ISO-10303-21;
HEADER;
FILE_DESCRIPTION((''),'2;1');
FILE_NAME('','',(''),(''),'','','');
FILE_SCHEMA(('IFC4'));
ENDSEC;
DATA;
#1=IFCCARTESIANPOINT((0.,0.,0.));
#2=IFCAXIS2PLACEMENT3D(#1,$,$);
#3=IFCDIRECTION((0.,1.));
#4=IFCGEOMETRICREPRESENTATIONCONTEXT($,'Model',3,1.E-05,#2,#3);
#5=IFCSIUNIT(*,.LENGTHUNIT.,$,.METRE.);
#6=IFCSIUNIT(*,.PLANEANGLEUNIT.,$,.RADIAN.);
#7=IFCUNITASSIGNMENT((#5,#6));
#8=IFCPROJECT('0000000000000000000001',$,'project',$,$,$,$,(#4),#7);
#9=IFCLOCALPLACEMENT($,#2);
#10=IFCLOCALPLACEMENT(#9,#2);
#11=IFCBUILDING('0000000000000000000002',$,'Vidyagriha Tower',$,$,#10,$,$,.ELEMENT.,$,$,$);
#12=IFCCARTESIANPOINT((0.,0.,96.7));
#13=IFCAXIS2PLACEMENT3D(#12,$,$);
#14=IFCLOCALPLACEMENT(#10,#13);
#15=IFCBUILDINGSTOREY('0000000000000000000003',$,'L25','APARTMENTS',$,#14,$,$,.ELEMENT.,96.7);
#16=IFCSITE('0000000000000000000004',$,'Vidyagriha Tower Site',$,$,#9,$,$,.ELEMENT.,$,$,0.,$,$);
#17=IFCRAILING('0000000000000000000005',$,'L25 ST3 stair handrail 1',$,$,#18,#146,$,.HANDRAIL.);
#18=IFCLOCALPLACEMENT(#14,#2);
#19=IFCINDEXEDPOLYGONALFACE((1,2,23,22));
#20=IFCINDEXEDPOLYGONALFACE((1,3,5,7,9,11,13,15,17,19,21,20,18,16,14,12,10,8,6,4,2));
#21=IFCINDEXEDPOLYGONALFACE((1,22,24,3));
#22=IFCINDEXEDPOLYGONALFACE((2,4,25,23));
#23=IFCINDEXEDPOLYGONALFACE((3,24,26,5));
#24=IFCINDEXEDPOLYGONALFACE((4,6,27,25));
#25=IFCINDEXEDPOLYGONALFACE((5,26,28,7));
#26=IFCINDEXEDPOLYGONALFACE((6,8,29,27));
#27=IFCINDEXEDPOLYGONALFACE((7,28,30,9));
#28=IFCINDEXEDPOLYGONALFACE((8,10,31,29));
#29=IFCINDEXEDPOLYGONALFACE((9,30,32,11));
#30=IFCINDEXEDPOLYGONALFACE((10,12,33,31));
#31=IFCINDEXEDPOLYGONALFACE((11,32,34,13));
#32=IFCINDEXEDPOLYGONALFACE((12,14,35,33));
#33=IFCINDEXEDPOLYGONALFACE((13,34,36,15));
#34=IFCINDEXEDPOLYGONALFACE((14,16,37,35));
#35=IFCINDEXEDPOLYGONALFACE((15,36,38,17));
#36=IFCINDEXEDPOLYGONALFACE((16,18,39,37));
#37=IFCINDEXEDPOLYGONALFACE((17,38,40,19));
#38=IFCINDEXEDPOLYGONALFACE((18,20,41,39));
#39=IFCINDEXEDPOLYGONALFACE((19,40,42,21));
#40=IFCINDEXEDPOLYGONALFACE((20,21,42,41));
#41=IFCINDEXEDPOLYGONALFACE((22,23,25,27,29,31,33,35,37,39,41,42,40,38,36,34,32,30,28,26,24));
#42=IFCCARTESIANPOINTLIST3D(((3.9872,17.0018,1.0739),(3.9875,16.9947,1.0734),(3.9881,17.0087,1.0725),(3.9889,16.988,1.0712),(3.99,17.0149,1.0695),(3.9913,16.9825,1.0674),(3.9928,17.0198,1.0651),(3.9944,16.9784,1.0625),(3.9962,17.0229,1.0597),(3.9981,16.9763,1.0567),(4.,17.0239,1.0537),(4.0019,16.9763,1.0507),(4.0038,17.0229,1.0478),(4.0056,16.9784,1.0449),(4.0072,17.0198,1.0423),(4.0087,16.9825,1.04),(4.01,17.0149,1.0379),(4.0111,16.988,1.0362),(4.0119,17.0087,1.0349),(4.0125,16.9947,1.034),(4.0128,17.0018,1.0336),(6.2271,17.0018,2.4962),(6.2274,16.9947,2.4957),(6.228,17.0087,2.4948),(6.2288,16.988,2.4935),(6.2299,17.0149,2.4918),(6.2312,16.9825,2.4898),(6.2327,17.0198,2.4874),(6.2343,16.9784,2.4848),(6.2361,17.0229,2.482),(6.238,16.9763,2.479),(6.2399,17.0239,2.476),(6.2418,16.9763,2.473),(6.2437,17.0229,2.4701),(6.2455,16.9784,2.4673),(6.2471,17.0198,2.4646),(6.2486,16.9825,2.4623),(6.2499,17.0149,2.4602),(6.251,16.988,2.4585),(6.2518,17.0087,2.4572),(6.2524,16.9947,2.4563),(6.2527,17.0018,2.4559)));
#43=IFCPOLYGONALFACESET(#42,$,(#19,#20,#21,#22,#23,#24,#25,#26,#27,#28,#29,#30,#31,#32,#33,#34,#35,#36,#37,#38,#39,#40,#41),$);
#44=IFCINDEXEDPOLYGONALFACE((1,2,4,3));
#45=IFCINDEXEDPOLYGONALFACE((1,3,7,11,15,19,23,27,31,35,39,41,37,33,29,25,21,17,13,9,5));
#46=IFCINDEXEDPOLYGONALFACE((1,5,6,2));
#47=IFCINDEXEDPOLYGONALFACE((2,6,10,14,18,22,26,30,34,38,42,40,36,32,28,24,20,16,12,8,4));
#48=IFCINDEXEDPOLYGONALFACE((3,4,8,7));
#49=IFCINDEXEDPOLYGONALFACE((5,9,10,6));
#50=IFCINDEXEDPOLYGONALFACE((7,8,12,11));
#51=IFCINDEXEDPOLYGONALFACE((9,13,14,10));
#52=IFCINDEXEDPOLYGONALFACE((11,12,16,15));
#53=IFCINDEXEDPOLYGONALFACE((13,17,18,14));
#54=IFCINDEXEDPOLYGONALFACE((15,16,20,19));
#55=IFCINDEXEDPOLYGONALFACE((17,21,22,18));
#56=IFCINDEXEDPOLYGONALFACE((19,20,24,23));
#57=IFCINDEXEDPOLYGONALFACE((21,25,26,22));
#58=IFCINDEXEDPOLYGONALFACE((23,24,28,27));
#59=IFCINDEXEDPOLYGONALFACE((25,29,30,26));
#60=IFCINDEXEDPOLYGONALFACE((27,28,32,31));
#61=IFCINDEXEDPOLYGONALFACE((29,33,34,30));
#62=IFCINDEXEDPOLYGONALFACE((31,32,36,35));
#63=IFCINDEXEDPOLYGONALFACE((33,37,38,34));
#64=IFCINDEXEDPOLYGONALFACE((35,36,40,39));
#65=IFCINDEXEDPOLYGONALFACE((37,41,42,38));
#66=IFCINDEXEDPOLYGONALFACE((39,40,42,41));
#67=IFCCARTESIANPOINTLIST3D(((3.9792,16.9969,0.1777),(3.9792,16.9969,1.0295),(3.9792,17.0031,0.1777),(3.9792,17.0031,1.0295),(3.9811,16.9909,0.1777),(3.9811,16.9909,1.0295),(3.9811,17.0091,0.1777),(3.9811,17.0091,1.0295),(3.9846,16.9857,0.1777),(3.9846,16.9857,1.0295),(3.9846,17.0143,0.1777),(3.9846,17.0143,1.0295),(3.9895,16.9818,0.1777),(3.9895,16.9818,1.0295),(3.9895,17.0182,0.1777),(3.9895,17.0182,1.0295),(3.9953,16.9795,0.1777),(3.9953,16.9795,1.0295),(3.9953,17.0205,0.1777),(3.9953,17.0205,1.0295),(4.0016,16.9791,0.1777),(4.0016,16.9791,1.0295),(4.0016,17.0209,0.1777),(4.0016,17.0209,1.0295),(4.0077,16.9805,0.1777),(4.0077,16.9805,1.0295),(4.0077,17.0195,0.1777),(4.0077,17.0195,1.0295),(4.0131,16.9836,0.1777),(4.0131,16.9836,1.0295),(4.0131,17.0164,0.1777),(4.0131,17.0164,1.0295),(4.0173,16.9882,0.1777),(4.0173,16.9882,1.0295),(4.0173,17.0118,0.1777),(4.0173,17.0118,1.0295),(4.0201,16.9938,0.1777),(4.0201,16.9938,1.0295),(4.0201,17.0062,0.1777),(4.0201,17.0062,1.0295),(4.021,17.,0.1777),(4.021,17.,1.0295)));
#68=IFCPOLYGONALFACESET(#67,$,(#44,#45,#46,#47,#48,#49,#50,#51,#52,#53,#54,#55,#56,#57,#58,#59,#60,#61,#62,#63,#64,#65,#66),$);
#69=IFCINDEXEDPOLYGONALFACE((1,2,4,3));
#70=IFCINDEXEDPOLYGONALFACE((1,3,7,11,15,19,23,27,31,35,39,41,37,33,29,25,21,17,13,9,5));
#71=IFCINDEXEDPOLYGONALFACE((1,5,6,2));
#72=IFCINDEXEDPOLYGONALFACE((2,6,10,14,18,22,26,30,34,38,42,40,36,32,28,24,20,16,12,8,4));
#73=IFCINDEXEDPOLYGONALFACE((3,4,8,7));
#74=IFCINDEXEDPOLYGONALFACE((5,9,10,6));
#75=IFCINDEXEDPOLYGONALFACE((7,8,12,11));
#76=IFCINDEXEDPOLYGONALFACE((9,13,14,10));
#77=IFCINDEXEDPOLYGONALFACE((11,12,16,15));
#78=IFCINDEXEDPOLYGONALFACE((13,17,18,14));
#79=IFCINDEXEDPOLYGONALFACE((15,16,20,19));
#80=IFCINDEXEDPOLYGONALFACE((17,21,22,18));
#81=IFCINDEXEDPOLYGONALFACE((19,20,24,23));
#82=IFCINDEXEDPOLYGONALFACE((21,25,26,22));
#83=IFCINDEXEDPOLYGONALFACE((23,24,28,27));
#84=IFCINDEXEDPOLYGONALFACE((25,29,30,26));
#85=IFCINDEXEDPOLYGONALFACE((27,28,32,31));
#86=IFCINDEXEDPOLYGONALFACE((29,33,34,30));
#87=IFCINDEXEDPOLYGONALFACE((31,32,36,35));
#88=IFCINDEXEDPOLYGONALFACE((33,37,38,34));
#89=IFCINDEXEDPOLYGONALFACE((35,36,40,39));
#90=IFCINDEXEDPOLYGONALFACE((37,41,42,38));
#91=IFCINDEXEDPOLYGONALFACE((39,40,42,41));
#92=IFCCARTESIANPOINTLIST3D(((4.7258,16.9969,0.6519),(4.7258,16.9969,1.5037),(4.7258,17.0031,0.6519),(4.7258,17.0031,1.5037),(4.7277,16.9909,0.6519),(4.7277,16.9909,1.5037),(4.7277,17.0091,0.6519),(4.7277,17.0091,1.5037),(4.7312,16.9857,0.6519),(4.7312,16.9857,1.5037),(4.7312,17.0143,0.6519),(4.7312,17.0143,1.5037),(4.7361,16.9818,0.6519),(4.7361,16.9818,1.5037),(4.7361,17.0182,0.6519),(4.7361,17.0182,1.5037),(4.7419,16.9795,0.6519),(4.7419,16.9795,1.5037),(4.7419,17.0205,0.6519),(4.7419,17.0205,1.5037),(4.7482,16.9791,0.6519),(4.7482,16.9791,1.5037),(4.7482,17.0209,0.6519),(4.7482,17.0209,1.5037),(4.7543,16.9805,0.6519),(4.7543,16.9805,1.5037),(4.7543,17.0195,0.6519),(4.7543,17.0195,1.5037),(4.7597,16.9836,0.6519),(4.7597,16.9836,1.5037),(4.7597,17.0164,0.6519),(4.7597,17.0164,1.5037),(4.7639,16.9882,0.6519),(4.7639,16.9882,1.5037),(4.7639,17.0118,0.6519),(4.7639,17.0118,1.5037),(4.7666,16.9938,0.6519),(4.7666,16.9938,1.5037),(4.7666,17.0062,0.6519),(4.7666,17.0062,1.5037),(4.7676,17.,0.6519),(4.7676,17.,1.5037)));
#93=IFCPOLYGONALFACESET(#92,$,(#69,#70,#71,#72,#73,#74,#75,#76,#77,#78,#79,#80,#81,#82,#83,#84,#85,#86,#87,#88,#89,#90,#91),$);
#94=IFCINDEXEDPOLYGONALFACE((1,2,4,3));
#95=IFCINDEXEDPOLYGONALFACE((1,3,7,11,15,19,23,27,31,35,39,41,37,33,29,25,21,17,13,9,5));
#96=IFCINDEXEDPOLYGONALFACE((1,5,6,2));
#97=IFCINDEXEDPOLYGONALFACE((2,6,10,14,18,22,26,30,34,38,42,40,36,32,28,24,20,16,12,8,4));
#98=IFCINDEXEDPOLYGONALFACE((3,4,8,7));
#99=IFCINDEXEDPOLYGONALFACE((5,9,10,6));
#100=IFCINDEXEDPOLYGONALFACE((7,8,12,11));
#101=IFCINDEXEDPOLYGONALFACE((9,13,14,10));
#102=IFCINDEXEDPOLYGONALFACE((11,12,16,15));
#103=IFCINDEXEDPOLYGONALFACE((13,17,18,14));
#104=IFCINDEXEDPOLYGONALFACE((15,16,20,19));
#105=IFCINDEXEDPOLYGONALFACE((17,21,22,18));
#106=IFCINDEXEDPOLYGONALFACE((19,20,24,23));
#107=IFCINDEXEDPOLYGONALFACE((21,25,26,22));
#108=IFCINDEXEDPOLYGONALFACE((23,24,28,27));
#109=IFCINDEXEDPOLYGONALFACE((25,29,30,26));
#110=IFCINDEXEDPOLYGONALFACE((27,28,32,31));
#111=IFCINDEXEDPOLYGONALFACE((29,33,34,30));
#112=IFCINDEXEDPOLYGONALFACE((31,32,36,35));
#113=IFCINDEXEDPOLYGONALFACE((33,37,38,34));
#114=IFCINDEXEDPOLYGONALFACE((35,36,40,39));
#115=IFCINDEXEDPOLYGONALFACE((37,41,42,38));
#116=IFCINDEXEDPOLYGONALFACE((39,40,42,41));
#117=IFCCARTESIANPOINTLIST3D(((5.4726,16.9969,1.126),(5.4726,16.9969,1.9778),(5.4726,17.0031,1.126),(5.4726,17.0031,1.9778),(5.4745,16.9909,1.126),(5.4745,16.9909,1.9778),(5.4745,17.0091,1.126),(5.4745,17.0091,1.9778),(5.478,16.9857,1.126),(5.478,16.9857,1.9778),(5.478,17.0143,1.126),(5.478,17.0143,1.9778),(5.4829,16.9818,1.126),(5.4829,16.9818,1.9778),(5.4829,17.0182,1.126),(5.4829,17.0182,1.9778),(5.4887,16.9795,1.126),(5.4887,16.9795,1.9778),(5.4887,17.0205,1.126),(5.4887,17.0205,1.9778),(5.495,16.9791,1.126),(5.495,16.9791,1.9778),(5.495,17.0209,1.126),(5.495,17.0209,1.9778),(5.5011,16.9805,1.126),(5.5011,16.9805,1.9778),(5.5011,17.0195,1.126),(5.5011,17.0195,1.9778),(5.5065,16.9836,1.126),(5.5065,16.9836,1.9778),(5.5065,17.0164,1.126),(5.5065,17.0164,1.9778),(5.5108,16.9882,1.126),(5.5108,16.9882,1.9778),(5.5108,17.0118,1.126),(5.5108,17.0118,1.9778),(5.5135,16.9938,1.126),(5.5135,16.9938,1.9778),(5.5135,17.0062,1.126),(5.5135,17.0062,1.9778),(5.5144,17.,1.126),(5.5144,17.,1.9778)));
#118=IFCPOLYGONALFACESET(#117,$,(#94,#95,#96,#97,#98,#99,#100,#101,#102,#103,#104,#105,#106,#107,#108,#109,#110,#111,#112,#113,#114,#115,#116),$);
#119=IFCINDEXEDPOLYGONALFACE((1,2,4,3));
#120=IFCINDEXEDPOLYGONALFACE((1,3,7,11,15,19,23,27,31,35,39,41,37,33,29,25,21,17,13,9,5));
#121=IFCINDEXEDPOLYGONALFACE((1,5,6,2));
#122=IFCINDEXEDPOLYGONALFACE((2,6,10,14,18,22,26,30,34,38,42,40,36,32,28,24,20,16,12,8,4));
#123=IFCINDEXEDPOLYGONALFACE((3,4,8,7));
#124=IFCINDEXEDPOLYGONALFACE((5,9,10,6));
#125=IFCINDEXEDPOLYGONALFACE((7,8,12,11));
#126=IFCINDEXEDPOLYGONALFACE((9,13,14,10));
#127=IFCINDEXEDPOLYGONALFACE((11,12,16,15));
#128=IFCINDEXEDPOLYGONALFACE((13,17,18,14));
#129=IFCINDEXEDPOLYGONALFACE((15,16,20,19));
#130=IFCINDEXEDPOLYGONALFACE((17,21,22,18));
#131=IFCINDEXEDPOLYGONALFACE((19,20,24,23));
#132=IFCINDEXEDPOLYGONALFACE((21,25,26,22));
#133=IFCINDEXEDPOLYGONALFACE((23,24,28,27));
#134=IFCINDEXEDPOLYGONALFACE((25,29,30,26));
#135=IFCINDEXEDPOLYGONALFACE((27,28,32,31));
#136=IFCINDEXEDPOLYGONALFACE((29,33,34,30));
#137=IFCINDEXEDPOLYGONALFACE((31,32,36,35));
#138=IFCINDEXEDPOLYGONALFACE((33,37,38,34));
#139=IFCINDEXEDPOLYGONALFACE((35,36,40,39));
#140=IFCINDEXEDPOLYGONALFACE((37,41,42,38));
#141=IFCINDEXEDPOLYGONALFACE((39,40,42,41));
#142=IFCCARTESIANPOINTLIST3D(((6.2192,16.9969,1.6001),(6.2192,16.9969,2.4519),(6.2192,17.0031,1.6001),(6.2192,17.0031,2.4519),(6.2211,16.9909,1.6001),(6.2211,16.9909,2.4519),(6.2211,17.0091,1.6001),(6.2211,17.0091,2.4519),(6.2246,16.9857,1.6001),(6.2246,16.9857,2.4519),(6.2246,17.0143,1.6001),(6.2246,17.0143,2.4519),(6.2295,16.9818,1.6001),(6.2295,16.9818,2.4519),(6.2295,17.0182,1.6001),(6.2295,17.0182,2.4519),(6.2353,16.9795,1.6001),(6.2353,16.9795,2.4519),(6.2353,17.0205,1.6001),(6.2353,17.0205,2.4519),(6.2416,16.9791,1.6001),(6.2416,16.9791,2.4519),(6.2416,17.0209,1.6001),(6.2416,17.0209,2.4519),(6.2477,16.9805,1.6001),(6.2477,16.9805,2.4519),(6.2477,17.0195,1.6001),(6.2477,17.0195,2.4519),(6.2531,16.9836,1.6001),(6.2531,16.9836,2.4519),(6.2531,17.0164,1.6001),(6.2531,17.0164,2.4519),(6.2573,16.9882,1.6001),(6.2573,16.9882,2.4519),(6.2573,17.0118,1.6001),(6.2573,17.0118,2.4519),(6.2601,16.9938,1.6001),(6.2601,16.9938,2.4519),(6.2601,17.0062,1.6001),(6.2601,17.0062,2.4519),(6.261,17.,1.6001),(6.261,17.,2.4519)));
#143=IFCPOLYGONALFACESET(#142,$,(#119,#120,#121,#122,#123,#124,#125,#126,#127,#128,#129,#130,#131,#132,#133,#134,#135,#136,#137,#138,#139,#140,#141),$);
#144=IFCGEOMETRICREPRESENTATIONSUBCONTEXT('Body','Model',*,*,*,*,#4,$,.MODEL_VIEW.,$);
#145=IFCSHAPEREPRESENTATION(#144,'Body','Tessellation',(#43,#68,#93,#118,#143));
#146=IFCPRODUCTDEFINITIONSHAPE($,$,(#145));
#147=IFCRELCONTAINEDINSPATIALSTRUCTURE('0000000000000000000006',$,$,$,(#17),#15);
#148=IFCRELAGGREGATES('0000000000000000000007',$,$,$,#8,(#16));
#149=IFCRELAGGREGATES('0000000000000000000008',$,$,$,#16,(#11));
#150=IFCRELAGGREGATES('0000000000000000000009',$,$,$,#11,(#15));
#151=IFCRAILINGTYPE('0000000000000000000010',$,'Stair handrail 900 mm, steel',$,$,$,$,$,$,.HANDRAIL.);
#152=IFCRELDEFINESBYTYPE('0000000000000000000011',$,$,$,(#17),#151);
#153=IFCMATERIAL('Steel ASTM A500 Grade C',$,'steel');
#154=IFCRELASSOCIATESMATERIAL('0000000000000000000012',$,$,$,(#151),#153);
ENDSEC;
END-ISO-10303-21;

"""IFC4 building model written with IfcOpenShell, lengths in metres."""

from ifc_helpers import new_model, si_unit, direction, frame, origin, origin_2d, place, context, subcontext, project, spatial, circle, extrude, material, type_object, element, save


model = new_model("IFC4")

# Units and contexts
model_context = context("Model", 3, precision=1e-05, world=origin(), true_north=direction((0.0, 1.0)))
body_context = subcontext(model_context, "Body", "Model", "MODEL_VIEW")
ifc_project = project(units=[si_unit("LENGTHUNIT", "METRE"), si_unit("PLANEANGLEUNIT", "RADIAN")], contexts=[model_context])

# Site, building, storey
site_placement = place(None, origin())
site = spatial("IfcSite", under=ifc_project, at=site_placement, Name="Vidyagriha Tower Site", CompositionType="ELEMENT", RefElevation=0.0)
building_placement = place(site_placement, origin())
building = spatial("IfcBuilding", under=site, at=building_placement, Name="Vidyagriha Tower", CompositionType="ELEMENT")
storey_placement = place(building_placement, frame((0.0, 0.0, 96.7)))
storey = spatial("IfcBuildingStorey", under=building, at=storey_placement, Name="L25", Description="APARTMENTS", CompositionType="ELEMENT", Elevation=96.7)

# Railing
ifc_material_1 = material(Name="Steel ASTM A500 Grade C", Category="steel")
railing_type_1 = type_object("IfcRailingType", Name="Stair handrail 900 mm, steel", PredefinedType="HANDRAIL", material=ifc_material_1)
railing_1_placement = place(storey_placement, frame((4.0, 17.0, 0.1777)))
element("IfcRailing", 1, at=railing_1_placement, inside=storey, type_object=railing_type_1, Name="L25 ST3 stair handrail 1", PredefinedType="HANDRAIL", context=body_context, shape_type="SweptSolid", body=[
    extrude(circle(Radius=0.0239, at=origin_2d()), frame((0.0, 0.0, 0.876), z_axis=(0.844188, 0.0, 0.536048), x_axis=(0.0, 1.0, 0.0)), (0.0, 0.0, 1.0), 2.6533),
    extrude(circle(Radius=0.021, at=origin_2d()), origin(), (0.0, 0.0, 1.0), 0.8518),
    extrude(circle(Radius=0.021, at=origin_2d()), frame((0.7466, 0.0, 0.4741)), (0.0, 0.0, 1.0), 0.8518),
    extrude(circle(Radius=0.021, at=origin_2d()), frame((1.4934, 0.0, 0.9482)), (0.0, 0.0, 1.0), 0.8518),
    extrude(circle(Radius=0.021, at=origin_2d()), frame((2.24, 0.0, 1.4224)), (0.0, 0.0, 1.0), 0.8518),
])

save(model, "model.ifc")
